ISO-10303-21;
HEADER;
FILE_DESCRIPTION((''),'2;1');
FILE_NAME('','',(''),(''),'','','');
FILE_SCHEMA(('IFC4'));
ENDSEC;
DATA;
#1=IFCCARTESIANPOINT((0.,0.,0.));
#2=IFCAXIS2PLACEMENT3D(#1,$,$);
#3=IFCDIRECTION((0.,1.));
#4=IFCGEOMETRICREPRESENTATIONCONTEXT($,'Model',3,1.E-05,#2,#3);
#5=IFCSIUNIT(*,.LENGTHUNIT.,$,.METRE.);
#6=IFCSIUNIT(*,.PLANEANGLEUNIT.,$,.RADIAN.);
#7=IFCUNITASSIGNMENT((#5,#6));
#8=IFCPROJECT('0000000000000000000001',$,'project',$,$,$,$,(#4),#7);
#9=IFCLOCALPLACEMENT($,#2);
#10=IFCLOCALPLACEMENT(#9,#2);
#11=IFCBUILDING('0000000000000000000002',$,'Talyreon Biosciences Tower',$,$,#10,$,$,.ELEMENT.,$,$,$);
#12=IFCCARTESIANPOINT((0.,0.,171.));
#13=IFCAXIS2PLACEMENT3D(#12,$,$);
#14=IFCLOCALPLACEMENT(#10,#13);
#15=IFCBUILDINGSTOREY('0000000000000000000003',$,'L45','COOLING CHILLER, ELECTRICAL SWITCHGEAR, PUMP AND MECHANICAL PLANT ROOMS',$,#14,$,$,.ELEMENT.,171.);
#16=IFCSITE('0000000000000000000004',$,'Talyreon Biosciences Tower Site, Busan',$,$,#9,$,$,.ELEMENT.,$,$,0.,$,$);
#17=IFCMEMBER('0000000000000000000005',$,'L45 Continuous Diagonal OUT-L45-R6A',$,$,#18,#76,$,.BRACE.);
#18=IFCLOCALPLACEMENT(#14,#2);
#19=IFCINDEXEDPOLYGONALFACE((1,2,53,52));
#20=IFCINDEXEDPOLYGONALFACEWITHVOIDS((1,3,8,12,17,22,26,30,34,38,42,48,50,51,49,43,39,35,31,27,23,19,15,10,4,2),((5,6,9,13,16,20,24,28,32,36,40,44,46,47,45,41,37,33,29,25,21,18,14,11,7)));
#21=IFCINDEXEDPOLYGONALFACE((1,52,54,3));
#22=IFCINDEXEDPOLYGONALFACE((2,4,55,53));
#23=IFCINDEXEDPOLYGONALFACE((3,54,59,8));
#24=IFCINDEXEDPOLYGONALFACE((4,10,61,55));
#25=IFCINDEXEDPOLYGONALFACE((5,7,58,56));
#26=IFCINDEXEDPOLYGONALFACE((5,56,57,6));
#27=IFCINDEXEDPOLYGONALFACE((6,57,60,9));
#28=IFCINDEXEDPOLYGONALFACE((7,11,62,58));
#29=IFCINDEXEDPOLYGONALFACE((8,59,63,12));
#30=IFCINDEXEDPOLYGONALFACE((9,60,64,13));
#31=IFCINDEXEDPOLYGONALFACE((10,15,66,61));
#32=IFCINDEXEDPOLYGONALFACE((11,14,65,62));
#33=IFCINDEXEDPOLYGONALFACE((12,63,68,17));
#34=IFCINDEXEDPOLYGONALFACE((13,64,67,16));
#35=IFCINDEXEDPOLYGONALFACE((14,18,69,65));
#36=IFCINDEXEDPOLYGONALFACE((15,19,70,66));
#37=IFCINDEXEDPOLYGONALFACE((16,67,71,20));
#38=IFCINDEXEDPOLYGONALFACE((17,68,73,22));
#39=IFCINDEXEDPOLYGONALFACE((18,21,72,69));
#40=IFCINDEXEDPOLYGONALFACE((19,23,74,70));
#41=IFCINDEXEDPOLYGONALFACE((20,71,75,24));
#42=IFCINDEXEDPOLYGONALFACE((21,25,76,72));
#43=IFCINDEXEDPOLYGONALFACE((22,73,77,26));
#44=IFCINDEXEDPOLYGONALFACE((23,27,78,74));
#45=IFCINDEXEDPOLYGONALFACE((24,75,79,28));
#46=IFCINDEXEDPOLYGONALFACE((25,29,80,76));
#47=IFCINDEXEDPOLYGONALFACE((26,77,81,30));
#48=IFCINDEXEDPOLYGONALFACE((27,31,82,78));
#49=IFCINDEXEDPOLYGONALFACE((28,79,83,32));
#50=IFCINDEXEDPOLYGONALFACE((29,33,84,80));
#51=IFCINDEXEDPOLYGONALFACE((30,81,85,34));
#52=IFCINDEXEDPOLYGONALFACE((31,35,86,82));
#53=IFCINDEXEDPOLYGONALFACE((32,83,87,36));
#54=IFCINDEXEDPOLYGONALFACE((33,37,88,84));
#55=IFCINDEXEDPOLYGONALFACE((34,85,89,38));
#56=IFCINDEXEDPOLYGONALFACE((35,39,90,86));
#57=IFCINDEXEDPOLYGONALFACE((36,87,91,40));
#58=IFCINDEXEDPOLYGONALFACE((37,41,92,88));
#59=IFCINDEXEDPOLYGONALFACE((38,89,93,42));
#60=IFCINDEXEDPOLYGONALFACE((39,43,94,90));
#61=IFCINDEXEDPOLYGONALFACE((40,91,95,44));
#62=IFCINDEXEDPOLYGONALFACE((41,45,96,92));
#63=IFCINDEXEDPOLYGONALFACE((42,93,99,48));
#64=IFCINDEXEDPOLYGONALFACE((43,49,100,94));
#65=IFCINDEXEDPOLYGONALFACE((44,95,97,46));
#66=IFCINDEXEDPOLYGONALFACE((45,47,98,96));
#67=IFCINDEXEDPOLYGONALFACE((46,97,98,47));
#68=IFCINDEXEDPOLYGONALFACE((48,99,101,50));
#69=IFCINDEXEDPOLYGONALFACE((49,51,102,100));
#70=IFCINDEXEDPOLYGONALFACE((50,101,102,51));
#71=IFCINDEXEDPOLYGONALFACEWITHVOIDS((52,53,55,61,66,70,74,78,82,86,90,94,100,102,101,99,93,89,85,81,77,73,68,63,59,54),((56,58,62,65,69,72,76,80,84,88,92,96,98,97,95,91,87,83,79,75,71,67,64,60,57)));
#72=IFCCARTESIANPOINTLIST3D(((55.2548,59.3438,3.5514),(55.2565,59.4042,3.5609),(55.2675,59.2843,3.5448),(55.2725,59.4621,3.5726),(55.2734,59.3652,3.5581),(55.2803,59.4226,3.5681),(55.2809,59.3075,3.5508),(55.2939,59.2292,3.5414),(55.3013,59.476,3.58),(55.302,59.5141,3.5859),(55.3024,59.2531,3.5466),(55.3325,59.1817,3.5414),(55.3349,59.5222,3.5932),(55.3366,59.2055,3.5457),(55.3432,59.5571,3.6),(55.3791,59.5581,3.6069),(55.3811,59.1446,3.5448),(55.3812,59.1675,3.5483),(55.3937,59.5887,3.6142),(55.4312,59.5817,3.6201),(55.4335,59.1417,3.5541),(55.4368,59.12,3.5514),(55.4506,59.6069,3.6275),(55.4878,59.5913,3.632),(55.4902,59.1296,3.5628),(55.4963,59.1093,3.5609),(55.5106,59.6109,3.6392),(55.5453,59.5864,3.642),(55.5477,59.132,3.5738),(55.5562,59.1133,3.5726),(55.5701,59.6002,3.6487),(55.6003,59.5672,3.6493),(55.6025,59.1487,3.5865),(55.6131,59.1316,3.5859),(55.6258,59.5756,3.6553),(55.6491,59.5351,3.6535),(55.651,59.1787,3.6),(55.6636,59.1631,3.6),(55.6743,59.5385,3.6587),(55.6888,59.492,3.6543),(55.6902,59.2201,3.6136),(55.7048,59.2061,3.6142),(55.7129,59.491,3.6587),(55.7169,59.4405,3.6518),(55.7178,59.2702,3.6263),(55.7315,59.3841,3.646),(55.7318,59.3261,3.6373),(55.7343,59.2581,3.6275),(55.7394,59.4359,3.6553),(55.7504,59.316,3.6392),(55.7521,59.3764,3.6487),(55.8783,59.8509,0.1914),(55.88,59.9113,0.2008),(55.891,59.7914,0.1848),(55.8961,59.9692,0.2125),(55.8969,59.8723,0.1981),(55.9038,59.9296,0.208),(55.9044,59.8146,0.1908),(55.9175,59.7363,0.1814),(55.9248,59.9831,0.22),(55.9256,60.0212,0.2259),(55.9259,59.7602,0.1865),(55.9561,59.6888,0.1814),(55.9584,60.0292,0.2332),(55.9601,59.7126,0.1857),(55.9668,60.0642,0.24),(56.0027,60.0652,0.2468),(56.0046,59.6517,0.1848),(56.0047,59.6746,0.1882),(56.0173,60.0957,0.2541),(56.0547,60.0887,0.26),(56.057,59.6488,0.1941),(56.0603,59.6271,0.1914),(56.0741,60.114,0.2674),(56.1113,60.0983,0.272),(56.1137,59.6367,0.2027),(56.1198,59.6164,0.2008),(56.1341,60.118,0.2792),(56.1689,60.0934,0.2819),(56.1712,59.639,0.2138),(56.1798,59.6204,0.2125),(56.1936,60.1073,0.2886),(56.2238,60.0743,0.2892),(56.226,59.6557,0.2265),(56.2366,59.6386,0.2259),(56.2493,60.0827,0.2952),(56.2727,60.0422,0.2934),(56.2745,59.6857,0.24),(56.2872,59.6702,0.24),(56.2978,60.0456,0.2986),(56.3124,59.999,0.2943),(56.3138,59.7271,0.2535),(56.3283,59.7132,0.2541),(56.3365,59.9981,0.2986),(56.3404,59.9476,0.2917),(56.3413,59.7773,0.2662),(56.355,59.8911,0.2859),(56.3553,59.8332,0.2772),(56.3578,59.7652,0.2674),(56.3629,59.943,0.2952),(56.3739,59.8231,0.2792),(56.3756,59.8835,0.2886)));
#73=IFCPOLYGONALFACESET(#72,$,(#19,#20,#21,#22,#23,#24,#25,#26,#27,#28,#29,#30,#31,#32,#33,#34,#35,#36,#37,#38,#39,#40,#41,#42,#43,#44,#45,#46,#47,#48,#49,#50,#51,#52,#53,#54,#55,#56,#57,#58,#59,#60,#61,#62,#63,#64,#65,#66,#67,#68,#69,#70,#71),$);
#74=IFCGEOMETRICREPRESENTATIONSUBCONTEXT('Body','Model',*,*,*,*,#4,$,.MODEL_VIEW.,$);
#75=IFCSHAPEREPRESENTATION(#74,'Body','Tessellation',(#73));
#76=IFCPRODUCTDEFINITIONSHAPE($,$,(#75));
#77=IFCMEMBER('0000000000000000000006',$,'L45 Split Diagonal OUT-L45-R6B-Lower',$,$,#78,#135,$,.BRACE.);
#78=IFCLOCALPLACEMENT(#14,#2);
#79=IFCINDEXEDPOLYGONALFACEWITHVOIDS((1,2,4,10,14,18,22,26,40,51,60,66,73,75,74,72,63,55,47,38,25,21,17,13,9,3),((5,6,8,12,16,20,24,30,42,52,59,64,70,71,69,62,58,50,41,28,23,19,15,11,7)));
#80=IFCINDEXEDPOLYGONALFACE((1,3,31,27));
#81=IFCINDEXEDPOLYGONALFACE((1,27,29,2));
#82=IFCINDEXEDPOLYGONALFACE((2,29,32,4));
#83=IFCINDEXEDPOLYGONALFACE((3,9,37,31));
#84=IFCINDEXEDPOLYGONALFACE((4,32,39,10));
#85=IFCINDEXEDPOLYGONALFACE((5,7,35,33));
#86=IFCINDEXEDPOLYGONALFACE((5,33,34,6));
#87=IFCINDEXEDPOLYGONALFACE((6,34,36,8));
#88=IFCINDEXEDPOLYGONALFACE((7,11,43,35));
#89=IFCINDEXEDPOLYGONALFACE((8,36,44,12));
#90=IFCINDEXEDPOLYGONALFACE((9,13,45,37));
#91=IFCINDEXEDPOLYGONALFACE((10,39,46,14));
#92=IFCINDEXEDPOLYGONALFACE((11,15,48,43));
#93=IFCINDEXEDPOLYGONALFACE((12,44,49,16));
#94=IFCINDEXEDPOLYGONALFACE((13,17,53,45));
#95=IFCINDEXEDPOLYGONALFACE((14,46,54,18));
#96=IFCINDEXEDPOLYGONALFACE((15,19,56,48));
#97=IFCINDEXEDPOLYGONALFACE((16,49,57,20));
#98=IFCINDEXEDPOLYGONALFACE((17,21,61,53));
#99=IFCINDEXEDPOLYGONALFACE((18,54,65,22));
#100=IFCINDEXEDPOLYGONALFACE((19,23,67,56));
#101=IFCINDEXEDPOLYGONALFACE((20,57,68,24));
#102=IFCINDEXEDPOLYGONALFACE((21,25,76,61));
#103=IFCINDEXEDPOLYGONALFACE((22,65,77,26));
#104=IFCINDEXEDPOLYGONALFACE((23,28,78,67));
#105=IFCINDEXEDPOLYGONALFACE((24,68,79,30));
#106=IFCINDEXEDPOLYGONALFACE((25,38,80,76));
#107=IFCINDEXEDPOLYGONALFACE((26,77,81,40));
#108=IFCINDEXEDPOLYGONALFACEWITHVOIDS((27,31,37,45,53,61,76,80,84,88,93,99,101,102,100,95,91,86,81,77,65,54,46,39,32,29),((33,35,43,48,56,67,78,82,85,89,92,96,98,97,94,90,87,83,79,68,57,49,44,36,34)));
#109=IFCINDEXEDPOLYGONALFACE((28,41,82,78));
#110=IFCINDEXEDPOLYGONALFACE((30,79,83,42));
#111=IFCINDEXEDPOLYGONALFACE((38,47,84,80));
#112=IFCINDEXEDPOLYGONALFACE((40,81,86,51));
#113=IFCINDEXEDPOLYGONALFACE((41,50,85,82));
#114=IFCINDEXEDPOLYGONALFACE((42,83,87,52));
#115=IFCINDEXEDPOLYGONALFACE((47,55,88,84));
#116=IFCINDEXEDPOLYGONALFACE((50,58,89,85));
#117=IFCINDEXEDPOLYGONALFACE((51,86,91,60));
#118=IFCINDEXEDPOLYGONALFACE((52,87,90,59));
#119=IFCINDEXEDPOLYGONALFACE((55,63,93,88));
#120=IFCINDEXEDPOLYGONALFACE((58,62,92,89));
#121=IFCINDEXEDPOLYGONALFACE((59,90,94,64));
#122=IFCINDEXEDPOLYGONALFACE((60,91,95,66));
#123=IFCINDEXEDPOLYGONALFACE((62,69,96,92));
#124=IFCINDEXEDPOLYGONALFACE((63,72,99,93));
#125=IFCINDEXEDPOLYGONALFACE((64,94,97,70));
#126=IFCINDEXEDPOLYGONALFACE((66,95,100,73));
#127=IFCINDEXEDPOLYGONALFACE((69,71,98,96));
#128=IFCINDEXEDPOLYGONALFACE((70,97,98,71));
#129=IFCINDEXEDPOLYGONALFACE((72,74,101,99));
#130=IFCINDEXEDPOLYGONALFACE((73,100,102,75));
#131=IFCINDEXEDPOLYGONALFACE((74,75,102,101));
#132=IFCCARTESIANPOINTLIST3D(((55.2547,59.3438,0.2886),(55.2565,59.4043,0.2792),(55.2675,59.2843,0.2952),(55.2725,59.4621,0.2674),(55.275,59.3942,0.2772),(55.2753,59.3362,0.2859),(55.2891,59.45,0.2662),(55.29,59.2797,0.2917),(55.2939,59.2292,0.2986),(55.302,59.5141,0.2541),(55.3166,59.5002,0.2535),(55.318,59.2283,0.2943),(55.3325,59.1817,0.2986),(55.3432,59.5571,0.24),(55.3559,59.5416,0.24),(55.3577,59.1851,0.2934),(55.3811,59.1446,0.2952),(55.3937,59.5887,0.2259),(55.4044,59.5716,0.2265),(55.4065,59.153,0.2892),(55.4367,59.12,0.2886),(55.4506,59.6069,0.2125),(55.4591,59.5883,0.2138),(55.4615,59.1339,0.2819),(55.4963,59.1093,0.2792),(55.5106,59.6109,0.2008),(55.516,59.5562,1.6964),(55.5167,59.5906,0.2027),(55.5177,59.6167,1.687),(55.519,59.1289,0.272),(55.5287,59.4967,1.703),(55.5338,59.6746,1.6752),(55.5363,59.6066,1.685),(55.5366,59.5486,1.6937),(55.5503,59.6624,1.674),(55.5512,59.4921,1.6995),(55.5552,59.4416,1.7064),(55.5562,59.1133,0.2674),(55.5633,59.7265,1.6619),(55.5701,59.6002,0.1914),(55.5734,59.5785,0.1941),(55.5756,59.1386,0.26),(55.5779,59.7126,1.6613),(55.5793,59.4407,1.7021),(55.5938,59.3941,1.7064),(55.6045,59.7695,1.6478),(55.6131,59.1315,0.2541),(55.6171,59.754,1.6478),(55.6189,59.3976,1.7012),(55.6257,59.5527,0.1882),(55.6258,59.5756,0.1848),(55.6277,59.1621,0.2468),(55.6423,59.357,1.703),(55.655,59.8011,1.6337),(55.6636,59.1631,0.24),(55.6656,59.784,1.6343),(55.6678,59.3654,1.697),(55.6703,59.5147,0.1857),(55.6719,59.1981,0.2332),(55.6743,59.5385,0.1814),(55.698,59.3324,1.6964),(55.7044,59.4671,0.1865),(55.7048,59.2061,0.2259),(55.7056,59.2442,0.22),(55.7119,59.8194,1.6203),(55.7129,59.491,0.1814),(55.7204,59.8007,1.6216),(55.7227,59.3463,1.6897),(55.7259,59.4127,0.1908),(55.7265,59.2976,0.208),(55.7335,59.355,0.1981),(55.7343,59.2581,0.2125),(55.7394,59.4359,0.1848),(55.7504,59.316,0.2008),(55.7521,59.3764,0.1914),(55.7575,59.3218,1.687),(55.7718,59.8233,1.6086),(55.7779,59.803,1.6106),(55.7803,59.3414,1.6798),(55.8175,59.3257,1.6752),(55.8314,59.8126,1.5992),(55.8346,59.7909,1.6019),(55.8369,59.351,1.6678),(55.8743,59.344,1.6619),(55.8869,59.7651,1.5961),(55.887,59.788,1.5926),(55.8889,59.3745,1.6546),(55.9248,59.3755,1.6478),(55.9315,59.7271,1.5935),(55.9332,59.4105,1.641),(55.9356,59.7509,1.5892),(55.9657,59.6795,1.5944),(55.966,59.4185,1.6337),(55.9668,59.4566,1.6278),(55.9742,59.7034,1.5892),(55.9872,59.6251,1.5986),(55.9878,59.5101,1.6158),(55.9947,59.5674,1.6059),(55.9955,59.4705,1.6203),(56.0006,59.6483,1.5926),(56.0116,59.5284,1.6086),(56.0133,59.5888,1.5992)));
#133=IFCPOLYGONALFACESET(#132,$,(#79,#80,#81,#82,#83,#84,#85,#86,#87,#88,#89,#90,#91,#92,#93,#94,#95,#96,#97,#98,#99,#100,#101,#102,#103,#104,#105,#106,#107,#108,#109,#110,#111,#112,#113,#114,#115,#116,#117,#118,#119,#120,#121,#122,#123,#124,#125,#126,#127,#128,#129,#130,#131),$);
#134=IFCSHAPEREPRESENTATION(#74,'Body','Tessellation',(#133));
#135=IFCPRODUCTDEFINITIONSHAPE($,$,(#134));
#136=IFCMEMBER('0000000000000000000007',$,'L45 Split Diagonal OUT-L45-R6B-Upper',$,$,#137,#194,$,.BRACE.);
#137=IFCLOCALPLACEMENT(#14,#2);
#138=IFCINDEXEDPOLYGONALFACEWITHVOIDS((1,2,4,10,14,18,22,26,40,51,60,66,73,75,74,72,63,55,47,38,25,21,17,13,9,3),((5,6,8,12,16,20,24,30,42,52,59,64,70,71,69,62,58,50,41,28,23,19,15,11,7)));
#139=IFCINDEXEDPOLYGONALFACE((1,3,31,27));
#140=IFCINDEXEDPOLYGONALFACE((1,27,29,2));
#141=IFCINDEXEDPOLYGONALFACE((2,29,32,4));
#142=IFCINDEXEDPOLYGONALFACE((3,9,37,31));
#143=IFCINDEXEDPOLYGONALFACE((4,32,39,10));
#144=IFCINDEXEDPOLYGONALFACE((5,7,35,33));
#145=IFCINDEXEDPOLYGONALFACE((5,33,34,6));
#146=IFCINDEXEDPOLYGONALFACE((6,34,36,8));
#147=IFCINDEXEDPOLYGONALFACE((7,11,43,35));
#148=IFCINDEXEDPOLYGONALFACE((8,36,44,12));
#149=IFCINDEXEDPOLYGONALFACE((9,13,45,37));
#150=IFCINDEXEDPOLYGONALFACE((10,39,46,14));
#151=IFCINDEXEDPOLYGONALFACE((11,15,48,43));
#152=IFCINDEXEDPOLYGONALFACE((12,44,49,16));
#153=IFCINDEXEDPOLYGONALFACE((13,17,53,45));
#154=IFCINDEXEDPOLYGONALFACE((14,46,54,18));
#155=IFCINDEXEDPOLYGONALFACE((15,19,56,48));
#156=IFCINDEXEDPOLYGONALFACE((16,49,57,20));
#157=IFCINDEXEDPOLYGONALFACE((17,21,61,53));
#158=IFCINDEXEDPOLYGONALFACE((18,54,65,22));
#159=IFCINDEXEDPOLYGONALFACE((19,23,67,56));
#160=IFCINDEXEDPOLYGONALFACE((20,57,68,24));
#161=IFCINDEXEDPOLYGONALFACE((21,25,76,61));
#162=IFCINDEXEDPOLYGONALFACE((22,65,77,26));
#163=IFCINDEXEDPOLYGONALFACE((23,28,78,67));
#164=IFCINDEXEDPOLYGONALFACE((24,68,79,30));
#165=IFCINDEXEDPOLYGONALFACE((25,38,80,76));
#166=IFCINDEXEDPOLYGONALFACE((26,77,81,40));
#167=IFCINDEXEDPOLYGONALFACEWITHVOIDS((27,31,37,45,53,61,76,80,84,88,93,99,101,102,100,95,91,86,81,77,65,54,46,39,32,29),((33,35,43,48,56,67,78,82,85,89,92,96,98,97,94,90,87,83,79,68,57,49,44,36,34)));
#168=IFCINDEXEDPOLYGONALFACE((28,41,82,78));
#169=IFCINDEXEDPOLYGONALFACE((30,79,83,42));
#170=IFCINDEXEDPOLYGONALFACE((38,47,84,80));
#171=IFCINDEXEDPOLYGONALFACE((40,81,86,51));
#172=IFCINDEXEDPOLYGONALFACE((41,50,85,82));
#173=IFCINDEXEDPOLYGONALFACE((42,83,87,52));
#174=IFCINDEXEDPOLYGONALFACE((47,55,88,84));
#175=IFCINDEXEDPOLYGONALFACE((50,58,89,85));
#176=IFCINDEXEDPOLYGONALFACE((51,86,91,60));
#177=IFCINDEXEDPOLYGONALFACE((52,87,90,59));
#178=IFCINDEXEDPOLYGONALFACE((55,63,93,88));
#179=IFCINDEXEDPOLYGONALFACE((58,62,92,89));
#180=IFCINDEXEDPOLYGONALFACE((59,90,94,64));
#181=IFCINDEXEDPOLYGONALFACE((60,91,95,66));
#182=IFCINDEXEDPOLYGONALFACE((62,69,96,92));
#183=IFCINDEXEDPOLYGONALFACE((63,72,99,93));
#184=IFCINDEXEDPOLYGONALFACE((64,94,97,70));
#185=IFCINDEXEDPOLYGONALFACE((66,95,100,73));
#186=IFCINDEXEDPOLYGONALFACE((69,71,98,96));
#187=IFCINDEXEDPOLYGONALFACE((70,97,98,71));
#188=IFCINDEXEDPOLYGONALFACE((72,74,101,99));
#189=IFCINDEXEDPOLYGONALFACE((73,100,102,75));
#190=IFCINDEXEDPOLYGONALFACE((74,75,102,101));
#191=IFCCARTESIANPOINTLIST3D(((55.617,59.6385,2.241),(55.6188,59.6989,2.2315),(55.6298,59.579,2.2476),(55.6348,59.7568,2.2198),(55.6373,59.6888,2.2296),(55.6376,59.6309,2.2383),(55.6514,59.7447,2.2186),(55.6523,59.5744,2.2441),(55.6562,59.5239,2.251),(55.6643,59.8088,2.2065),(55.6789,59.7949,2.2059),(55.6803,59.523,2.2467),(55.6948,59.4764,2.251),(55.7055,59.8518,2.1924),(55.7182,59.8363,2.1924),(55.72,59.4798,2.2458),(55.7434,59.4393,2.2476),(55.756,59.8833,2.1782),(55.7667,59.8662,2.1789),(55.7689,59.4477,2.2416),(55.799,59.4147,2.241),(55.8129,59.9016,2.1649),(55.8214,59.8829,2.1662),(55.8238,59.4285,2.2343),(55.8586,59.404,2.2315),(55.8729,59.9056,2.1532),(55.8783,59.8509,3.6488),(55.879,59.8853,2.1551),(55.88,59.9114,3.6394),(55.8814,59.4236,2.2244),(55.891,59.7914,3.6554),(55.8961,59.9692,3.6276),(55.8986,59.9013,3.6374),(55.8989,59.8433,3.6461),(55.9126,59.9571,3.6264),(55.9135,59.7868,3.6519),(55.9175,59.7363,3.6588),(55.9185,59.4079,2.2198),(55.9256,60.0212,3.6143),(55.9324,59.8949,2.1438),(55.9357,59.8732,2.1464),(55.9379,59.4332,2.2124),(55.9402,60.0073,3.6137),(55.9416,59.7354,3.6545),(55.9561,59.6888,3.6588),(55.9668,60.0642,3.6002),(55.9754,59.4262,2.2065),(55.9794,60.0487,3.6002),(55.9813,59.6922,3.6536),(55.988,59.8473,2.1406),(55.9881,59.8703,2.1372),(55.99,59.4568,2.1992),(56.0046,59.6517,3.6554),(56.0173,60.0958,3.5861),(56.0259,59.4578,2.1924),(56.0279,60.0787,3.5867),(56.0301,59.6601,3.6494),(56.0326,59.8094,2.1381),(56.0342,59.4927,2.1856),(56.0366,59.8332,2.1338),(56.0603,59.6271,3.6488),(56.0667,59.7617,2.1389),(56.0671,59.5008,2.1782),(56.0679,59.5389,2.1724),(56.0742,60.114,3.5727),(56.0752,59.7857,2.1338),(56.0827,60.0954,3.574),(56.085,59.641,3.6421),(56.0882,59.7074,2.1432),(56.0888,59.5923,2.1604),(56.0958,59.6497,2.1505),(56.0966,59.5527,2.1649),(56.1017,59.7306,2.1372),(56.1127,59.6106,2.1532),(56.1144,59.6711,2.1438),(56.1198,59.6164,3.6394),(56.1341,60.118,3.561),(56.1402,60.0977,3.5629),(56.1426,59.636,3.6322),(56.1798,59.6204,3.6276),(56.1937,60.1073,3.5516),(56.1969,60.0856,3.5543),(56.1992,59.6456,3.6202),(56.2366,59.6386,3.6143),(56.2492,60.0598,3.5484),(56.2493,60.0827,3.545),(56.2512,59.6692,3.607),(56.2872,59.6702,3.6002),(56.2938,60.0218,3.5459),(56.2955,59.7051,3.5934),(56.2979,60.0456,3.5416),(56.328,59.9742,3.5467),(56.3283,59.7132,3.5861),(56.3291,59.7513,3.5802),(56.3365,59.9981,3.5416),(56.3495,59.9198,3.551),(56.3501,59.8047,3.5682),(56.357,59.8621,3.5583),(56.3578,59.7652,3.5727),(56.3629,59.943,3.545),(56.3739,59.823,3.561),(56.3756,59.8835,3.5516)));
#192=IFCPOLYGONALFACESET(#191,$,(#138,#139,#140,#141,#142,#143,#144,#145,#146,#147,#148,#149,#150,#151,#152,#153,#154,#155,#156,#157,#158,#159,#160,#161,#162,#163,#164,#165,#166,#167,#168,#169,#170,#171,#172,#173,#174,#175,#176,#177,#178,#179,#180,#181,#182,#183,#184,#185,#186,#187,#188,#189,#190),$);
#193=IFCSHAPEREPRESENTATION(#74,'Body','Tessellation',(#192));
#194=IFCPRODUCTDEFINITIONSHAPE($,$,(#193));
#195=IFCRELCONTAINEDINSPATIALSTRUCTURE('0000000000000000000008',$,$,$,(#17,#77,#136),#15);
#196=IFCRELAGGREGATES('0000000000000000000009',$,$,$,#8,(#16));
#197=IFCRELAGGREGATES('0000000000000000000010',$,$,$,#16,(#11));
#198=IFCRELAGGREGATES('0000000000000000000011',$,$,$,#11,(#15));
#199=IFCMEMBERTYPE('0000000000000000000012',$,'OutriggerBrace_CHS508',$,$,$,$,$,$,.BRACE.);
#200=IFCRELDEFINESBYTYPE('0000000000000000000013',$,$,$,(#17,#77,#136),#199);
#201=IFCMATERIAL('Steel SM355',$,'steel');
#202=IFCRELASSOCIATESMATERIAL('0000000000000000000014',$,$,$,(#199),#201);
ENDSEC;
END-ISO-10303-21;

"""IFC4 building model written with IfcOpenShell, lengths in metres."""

from ifc_helpers import new_model, si_unit, direction, frame, origin, origin_2d, place, context, subcontext, project, spatial, hollow_circle, extrude, material, material_profile, profile_set, type_object, element, save


model = new_model("IFC4")

# Units and contexts
model_context = context("Model", 3, precision=1e-05, world=origin(), true_north=direction((0.0, 1.0)))
body_context = subcontext(model_context, "Body", "Model", "MODEL_VIEW")
ifc_project = project(units=[si_unit("LENGTHUNIT", "METRE"), si_unit("PLANEANGLEUNIT", "RADIAN")], contexts=[model_context])

# Site, building, storey
site_placement = place(None, origin())
site = spatial("IfcSite", under=ifc_project, at=site_placement, Name="Talyreon Biosciences Tower Site, Busan", CompositionType="ELEMENT", RefElevation=0.0)
building_placement = place(site_placement, origin())
building = spatial("IfcBuilding", under=site, at=building_placement, Name="Talyreon Biosciences Tower", CompositionType="ELEMENT")
storey_placement = place(building_placement, frame((0.0, 0.0, 171.0)))
storey = spatial("IfcBuildingStorey", under=building, at=storey_placement, Name="L45", Description="COOLING CHILLER, ELECTRICAL SWITCHGEAR, PUMP AND MECHANICAL PLANT ROOMS", CompositionType="ELEMENT", Elevation=171.0)

# Shared definitions
ifc_material_1 = material(Name="Steel SM355", Category="steel")

# Members
ifc_material_profile_1 = material_profile(ifc_material_1, hollow_circle(Radius=0.2539, WallThickness=0.02, at=origin_2d()), Name="CHS 508x20")
ifc_profile_set_1 = profile_set([ifc_material_profile_1], Name="Steel SM355")
member_type_1 = type_object("IfcMemberType", Name="OutriggerBrace_CHS508", PredefinedType="BRACE", material=ifc_profile_set_1)
member_1_placement = place(storey_placement, frame((56.127, 59.8672, 0.24), z_axis=(-0.180479, -0.146772, 0.972566), x_axis=(0.630936, -0.775835, 0.0)))
element("IfcMember", 1, at=member_1_placement, inside=storey, type_object=member_type_1, Name="L45 Continuous Diagonal OUT-L45-R6A", PredefinedType="BRACE", context=body_context, shape_type="SweptSolid", body=[
    extrude(hollow_circle(Radius=0.2539, WallThickness=0.02, at=origin_2d()), origin(), (0.0, 0.0, 1.0), 3.4548),
])
for number, where, z_axis, x_axis, name in (
    (2, (55.5034, 59.3601, 0.24), (0.18048, 0.146746, 0.97257), (-0.630866, 0.775892, 0.0), "L45 Split Diagonal OUT-L45-R6B-Lower"),
    (3, (55.8657, 59.6548, 2.1924), (0.18048, 0.146746, 0.97257), (-0.630866, 0.775892, 0.0), "L45 Split Diagonal OUT-L45-R6B-Upper"),
):
    element("IfcMember", number, at=place(storey_placement, frame(where, z_axis=z_axis, x_axis=x_axis)), inside=storey, type_object=member_type_1, Name=name, PredefinedType="BRACE", context=body_context, shape_type="SweptSolid", body=[
        extrude(hollow_circle(Radius=0.2539, WallThickness=0.02, at=origin_2d()), origin(), (0.0, 0.0, 1.0), 1.4475),
    ])

save(model, "model.ifc")
